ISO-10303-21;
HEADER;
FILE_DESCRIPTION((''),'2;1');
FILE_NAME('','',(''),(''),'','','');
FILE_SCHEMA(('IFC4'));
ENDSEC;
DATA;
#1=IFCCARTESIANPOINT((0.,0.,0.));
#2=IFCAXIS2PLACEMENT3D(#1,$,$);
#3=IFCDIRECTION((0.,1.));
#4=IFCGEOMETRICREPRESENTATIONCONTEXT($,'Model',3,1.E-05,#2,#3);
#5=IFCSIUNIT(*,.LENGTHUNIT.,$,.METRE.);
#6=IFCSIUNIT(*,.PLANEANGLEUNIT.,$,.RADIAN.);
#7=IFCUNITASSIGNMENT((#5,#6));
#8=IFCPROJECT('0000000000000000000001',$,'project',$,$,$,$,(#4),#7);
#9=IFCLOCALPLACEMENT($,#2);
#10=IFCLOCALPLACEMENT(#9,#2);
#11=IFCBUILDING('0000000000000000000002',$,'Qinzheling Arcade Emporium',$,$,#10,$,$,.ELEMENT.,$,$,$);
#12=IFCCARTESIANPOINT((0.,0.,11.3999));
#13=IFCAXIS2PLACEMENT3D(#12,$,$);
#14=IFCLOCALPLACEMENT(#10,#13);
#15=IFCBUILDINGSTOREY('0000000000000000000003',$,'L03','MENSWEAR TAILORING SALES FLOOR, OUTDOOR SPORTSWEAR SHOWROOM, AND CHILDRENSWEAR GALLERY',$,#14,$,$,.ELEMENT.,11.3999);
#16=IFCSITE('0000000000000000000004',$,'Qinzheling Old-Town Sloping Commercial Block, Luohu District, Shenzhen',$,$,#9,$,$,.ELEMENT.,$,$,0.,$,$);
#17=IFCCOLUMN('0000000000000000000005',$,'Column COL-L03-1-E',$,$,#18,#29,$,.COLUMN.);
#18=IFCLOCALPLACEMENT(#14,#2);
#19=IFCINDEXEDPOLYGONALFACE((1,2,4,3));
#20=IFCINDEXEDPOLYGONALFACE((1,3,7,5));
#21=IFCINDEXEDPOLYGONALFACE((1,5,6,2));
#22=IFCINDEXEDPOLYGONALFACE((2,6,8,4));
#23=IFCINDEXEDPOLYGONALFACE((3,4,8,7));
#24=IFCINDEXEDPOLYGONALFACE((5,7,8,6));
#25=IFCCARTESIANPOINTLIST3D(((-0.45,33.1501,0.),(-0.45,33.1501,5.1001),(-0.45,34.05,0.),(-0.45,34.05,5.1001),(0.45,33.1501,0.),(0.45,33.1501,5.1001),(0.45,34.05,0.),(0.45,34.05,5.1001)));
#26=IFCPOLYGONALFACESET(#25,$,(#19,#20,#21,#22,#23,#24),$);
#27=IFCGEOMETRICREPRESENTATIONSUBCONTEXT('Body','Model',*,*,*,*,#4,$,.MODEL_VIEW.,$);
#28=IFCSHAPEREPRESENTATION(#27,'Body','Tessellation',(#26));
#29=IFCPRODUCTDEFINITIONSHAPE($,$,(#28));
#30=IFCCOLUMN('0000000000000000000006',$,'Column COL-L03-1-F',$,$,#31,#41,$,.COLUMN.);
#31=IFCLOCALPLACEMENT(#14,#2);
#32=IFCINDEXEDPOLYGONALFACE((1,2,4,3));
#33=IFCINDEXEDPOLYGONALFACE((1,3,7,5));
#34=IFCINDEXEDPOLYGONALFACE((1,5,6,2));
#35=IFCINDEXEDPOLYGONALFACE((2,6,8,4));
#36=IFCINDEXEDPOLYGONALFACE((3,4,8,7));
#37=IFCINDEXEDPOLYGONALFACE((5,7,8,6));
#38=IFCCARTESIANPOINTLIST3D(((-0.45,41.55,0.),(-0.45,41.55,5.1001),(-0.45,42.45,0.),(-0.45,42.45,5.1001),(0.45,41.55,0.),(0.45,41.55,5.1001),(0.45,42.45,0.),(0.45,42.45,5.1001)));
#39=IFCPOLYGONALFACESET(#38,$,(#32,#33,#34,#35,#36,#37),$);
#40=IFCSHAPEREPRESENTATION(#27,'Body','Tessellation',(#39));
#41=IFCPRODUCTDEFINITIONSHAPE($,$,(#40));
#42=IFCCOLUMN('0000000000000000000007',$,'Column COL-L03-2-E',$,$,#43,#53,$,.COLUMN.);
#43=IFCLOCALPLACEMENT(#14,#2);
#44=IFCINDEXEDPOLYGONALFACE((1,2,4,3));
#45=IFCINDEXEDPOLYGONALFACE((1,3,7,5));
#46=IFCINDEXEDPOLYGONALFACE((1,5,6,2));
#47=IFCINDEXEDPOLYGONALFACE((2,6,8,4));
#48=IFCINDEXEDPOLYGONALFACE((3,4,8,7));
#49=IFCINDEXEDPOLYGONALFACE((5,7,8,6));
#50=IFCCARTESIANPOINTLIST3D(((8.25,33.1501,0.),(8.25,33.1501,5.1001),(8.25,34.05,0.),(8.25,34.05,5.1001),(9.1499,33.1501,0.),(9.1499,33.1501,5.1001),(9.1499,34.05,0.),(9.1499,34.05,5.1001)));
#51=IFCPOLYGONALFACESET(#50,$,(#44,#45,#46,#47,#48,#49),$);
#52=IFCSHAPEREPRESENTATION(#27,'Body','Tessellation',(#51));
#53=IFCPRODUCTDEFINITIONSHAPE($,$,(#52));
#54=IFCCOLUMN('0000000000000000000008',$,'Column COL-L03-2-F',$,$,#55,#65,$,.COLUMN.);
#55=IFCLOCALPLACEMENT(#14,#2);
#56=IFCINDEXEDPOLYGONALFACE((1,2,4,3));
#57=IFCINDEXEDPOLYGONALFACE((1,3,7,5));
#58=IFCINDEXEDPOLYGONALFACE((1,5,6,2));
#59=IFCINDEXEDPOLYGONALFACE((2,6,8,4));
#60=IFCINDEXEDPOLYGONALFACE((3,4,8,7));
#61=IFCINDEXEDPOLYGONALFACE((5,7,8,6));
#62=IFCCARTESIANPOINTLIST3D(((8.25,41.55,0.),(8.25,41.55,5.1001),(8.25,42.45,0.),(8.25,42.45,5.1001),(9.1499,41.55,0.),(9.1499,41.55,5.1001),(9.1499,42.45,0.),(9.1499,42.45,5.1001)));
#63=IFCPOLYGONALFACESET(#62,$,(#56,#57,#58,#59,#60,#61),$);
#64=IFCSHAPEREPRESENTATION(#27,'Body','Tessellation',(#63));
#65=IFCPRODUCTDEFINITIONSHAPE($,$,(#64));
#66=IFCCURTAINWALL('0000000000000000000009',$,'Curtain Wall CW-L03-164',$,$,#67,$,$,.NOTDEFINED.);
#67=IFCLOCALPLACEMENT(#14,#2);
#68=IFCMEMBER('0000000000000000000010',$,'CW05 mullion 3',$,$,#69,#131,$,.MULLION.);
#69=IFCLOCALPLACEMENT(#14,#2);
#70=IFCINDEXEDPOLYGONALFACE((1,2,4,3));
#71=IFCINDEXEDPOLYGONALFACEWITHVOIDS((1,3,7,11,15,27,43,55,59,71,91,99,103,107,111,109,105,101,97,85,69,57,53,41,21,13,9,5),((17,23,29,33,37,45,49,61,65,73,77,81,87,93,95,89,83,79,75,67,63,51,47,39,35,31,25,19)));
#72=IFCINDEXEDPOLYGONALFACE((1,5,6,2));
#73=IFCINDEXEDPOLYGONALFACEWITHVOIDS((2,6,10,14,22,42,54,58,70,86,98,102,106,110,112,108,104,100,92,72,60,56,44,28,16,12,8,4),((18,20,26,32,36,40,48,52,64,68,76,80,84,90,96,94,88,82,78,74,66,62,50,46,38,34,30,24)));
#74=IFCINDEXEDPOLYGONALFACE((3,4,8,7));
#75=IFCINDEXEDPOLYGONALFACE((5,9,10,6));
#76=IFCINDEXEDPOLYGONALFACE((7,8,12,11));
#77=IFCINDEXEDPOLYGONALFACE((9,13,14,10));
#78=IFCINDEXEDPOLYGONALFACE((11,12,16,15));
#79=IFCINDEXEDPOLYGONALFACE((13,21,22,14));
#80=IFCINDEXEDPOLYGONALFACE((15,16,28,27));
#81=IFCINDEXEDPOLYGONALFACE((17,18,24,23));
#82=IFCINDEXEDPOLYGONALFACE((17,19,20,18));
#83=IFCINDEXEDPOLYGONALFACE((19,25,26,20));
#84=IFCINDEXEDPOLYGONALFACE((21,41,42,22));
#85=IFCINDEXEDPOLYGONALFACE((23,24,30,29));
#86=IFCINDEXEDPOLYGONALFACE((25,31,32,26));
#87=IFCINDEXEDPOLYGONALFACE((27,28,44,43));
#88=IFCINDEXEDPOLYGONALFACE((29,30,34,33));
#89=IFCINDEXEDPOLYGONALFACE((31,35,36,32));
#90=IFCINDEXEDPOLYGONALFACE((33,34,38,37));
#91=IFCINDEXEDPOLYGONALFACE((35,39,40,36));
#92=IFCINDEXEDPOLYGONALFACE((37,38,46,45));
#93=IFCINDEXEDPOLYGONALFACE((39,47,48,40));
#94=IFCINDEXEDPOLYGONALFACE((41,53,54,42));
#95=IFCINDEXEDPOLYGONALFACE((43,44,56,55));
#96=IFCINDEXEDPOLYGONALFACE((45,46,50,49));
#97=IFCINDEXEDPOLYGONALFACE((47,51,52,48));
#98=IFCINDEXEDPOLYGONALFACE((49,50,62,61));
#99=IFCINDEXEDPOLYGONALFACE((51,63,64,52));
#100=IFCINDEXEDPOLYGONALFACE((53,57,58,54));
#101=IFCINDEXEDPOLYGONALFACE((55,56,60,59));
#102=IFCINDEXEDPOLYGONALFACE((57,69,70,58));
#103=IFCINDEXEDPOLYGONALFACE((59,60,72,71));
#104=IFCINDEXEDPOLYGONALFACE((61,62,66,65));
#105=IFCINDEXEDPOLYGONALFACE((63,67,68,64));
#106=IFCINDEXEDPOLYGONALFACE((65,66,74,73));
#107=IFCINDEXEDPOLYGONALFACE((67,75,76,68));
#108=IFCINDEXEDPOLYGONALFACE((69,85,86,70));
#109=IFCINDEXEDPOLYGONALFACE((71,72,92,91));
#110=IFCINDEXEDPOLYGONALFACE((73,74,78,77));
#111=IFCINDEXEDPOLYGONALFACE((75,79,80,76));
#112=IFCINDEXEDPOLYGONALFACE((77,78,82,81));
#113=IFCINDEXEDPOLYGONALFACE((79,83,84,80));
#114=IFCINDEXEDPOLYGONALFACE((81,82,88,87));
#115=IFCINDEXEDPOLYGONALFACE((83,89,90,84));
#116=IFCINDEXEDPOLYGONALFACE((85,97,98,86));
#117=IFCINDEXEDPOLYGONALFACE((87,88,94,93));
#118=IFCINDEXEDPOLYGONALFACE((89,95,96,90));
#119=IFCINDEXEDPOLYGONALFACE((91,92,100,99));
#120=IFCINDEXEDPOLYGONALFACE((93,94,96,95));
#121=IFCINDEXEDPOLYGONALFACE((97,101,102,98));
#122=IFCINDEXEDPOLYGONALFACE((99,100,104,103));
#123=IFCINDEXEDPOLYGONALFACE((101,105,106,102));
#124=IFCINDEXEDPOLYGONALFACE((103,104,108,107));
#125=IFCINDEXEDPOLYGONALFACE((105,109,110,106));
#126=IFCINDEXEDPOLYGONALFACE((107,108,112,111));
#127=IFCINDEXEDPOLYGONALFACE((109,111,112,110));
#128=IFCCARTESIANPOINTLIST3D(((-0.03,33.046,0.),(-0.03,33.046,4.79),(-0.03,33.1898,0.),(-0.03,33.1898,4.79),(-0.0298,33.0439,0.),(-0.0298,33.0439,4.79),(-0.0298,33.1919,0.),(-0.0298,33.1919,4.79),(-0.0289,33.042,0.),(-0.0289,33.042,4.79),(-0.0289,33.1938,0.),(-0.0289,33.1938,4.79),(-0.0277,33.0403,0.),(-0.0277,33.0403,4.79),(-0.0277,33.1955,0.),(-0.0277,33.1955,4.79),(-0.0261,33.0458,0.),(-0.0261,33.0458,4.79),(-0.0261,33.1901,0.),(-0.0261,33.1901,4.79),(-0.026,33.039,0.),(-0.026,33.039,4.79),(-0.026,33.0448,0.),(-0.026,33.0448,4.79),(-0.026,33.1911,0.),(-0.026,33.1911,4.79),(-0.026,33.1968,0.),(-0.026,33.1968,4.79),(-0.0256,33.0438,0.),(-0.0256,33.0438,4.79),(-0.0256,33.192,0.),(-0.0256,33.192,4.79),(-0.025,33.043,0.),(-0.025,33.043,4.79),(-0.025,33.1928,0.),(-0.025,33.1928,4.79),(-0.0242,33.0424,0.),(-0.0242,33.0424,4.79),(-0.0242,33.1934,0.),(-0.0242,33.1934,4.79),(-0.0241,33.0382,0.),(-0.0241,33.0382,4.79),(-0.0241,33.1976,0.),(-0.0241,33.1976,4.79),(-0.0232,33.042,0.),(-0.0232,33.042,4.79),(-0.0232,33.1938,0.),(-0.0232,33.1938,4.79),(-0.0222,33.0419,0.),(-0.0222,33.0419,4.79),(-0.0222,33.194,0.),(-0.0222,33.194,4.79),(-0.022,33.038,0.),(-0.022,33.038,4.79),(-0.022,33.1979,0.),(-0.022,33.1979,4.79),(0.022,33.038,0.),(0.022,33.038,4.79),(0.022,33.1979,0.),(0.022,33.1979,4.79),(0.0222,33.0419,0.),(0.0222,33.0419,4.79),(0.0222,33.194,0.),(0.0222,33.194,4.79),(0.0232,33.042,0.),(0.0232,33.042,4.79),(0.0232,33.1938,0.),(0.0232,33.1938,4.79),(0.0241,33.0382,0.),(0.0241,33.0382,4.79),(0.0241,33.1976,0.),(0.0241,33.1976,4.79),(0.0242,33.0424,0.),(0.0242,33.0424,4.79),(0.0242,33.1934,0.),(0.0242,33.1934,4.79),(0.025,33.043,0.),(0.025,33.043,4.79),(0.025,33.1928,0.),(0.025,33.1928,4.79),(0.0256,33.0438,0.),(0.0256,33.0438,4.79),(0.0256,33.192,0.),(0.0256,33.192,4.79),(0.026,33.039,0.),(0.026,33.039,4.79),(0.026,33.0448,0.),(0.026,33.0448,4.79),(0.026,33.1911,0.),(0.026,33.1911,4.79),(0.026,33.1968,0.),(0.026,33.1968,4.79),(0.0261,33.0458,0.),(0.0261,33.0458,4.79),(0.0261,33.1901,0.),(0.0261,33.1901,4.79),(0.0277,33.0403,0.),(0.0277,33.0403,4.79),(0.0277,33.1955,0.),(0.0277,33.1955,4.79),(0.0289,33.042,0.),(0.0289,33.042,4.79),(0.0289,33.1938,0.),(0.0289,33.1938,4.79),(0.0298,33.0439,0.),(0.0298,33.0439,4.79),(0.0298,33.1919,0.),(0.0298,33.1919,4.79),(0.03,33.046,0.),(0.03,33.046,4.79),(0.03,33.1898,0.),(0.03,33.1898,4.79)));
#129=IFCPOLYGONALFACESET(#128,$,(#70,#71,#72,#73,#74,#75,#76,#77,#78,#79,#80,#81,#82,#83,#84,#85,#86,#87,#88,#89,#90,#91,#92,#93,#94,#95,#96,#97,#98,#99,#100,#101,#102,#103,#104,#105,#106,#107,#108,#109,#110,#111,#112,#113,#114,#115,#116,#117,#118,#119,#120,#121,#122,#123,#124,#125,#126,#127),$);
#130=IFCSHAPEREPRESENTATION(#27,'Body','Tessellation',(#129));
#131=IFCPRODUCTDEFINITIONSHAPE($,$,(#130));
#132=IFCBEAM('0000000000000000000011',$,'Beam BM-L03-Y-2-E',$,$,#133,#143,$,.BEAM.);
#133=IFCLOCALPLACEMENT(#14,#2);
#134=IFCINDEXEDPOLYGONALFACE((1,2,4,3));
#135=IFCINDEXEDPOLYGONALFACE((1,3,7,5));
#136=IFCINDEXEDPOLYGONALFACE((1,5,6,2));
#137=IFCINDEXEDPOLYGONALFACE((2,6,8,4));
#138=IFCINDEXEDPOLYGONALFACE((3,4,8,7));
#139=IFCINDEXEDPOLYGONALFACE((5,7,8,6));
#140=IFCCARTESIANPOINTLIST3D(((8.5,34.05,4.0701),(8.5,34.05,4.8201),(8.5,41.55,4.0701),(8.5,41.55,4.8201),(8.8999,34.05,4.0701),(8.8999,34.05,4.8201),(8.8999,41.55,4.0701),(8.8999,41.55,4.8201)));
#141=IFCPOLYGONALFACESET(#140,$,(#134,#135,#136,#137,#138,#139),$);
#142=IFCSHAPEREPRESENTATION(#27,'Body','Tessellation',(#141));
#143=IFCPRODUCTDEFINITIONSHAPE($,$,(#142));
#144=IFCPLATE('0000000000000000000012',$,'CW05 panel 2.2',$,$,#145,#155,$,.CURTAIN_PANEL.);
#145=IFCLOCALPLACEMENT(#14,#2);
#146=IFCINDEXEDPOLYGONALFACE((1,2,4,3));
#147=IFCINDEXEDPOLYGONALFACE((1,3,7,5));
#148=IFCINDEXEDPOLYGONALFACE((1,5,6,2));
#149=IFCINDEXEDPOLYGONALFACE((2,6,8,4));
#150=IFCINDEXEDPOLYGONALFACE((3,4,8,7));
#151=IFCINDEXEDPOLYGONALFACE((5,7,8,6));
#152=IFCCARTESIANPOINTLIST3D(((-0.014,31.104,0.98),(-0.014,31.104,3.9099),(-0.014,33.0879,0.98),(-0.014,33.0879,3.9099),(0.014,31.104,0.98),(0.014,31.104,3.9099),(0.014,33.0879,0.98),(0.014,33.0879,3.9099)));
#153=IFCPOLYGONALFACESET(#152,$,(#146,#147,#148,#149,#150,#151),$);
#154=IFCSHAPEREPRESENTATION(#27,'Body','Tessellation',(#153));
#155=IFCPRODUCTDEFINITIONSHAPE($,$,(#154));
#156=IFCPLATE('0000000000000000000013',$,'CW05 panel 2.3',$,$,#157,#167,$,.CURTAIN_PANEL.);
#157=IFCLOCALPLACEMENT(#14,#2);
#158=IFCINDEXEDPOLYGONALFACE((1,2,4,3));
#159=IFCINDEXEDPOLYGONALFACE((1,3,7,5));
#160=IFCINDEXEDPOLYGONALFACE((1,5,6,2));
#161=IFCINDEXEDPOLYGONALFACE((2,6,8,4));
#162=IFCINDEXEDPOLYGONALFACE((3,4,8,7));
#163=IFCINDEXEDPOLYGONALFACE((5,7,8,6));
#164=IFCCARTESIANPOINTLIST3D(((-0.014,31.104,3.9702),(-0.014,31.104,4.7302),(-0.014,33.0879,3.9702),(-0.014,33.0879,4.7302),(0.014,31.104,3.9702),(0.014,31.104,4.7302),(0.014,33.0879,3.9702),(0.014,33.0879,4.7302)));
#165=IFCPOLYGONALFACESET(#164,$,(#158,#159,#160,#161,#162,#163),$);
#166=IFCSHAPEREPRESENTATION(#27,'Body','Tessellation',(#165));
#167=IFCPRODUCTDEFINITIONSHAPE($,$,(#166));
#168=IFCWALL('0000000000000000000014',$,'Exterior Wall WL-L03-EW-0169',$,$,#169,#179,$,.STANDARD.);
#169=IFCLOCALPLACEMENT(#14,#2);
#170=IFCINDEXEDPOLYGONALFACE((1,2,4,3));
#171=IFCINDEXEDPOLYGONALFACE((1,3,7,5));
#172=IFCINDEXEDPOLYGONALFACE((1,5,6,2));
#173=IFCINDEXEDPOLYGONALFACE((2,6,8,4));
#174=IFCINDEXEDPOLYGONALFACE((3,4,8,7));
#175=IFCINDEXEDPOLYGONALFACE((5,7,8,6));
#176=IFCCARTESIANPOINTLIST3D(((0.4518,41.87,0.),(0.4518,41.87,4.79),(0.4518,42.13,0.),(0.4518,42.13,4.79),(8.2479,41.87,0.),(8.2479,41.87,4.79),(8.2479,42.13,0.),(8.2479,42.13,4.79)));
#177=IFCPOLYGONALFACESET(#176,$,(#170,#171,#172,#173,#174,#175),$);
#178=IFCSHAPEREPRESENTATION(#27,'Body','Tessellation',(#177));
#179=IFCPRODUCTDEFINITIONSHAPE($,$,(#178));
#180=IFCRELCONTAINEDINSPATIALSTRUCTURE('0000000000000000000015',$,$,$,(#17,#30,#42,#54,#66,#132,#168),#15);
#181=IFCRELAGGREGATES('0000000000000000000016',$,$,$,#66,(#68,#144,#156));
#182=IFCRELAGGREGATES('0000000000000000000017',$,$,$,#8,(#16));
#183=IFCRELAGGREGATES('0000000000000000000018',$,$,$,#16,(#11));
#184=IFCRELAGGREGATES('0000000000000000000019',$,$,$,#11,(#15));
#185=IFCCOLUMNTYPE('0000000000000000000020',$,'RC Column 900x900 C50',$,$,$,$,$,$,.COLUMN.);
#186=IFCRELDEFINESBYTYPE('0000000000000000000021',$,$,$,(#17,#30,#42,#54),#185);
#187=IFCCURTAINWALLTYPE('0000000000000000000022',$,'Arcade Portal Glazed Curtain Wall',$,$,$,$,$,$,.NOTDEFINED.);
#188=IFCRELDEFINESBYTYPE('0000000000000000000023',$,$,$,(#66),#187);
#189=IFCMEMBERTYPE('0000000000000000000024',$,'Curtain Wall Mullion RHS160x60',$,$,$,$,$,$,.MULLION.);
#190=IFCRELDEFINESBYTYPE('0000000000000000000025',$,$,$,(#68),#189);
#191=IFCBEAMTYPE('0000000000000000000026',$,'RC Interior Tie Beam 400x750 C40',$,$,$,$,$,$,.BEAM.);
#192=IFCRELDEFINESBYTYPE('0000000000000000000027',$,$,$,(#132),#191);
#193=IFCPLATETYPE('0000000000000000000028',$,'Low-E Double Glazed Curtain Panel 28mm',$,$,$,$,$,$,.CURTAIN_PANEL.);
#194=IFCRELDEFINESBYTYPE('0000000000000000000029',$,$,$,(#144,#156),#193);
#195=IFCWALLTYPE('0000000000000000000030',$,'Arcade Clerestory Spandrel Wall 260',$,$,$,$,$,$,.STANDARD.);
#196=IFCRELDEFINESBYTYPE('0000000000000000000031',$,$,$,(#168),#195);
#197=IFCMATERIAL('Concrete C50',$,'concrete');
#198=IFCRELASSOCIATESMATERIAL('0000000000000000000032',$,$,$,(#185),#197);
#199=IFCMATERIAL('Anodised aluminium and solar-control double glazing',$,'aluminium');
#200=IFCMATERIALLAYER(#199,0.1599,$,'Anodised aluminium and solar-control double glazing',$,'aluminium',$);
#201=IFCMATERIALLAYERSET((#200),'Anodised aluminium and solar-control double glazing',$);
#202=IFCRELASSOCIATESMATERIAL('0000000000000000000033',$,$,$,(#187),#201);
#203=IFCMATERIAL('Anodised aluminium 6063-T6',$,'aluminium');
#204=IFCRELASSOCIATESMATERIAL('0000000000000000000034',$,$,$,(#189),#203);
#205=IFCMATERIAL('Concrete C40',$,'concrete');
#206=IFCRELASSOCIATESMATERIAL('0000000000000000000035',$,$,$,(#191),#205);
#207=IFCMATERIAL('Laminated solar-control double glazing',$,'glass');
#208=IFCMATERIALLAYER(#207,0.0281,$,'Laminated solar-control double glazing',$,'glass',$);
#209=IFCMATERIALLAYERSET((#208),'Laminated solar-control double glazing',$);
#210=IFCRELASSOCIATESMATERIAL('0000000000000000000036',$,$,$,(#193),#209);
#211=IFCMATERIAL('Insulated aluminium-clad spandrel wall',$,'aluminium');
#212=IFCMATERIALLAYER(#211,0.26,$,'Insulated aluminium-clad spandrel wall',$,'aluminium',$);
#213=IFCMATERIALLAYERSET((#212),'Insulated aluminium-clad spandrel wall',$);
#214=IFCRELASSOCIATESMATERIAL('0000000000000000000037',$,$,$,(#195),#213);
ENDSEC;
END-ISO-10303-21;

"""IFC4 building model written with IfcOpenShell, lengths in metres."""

from ifc_helpers import new_model, si_unit, direction, frame, frame_2d, origin, origin_2d, place, context, subcontext, project, spatial, rectangle, hollow_rectangle, extrude, material, layer, layer_set, material_profile, profile_set, type_object, element, aggregate, save


model = new_model("IFC4")

# Units and contexts
model_context = context("Model", 3, precision=1e-05, world=origin(), true_north=direction((0.0, 1.0)))
body_context = subcontext(model_context, "Body", "Model", "MODEL_VIEW")
ifc_project = project(units=[si_unit("LENGTHUNIT", "METRE"), si_unit("PLANEANGLEUNIT", "RADIAN")], contexts=[model_context])

# Site, building, storey
site_placement = place(None, origin())
site = spatial("IfcSite", under=ifc_project, at=site_placement, Name="Qinzheling Old-Town Sloping Commercial Block, Luohu District, Shenzhen", CompositionType="ELEMENT", RefElevation=0.0)
building_placement = place(site_placement, origin())
building = spatial("IfcBuilding", under=site, at=building_placement, Name="Qinzheling Arcade Emporium", CompositionType="ELEMENT")
storey_placement = place(building_placement, frame((0.0, 0.0, 11.3999)))
storey = spatial("IfcBuildingStorey", under=building, at=storey_placement, Name="L03", Description="MENSWEAR TAILORING SALES FLOOR, OUTDOOR SPORTSWEAR SHOWROOM, AND CHILDRENSWEAR GALLERY", CompositionType="ELEMENT", Elevation=11.3999)

# Columns
ifc_material_1 = material(Name="Concrete C50", Category="concrete")
ifc_material_profile_1 = material_profile(ifc_material_1, rectangle(XDim=0.8999, YDim=0.8999, at=origin_2d()), Name="RC 900x900", Category="concrete")
ifc_profile_set_1 = profile_set([ifc_material_profile_1], Name="Concrete C50")
column_type = type_object("IfcColumnType", Name="RC Column 900x900 C50", PredefinedType="COLUMN", material=ifc_profile_set_1)
for number, where, z_axis, x_axis, name in (
    (1, (0.0, 33.6001, 0.0), (0.0, 0.0, 1.0), (1.0, 0.0, 0.0), "Column COL-L03-1-E"),
    (2, (0.0, 42.0, 0.0), (0.0, 0.0, 1.0), (1.0, 0.0, 0.0), "Column COL-L03-1-F"),
    (3, (8.7, 33.6001, 0.0), (0.0, 0.0, 1.0), (1.0, 0.0, 0.0), "Column COL-L03-2-E"),
    (4, (8.7, 42.0, 0.0), (0.0, 0.0, 1.0), (1.0, 0.0, 0.0), "Column COL-L03-2-F"),
):
    element("IfcColumn", number, at=place(storey_placement, frame(where, z_axis=z_axis, x_axis=x_axis)), inside=storey, type_object=column_type, Name=name, PredefinedType="COLUMN", context=body_context, shape_type="SweptSolid", body=[
        extrude(rectangle(XDim=0.8999, YDim=0.8999, at=origin_2d()), origin(), (0.0, 0.0, 1.0), 5.1001),
    ])

# Curtain wall, member
ifc_material_2 = material(Name="Anodised aluminium and solar-control double glazing", Category="aluminium")
ifc_layer_1 = layer(ifc_material_2, 0.1599, Name="Anodised aluminium and solar-control double glazing", Category="aluminium")
ifc_layer_set_1 = layer_set([ifc_layer_1], Name="Anodised aluminium and solar-control double glazing")
curtain_wall_type = type_object("IfcCurtainWallType", Name="Arcade Portal Glazed Curtain Wall", PredefinedType="NOTDEFINED", material=ifc_layer_set_1)
curtain_wall_placement = place(storey_placement, origin())
curtain_wall = element("IfcCurtainWall", 5, at=curtain_wall_placement, inside=storey, type_object=curtain_wall_type, Name="Curtain Wall CW-L03-164", PredefinedType="NOTDEFINED")
ifc_material_3 = material(Name="Anodised aluminium 6063-T6", Category="aluminium")
ifc_material_profile_2 = material_profile(ifc_material_3, hollow_rectangle(XDim=0.0601, YDim=0.1599, WallThickness=0.0039, InnerFilletRadius=0.0039, OuterFilletRadius=0.0081, at=origin_2d()), Name="RHS 160x60x4", Category="aluminium")
ifc_profile_set_2 = profile_set([ifc_material_profile_2], Name="Anodised aluminium 6063-T6")
member_type = type_object("IfcMemberType", Name="Curtain Wall Mullion RHS160x60", PredefinedType="MULLION", material=ifc_profile_set_2)
member_placement = place(storey_placement, frame((0.0, 33.1179, 0.0), z_axis=(0.0, 0.0, 1.0), x_axis=(-1.0, 0.0, 0.0)))
member = element("IfcMember", 6, at=member_placement, type_object=member_type, Name="CW05 mullion 3", PredefinedType="MULLION", context=body_context, shape_type="SweptSolid", body=[
    extrude(hollow_rectangle(XDim=0.0601, YDim=0.1599, WallThickness=0.0039, InnerFilletRadius=0.0039, OuterFilletRadius=0.0081, at=origin_2d()), origin(), (0.0, 0.0, 1.0), 4.79),
])

# Beam
ifc_material_4 = material(Name="Concrete C40", Category="concrete")
ifc_material_profile_3 = material_profile(ifc_material_4, rectangle(XDim=0.3999, YDim=0.75, at=origin_2d()), Name="RC 400x750", Category="concrete")
ifc_profile_set_3 = profile_set([ifc_material_profile_3], Name="Concrete C40")
beam_type = type_object("IfcBeamType", Name="RC Interior Tie Beam 400x750 C40", PredefinedType="BEAM", material=ifc_profile_set_3)
beam_placement = place(storey_placement, frame((8.7, 34.05, 4.4451), z_axis=(0.0, 1.0, 0.0), x_axis=(-1.0, 0.0, 0.0)))
element("IfcBeam", 7, at=beam_placement, inside=storey, type_object=beam_type, Name="Beam BM-L03-Y-2-E", PredefinedType="BEAM", context=body_context, shape_type="SweptSolid", body=[
    extrude(rectangle(XDim=0.3999, YDim=0.75, at=origin_2d()), origin(), (0.0, 0.0, 1.0), 7.5),
])

# Plates
ifc_material_5 = material(Name="Laminated solar-control double glazing", Category="glass")
ifc_layer_2 = layer(ifc_material_5, 0.0281, Name="Laminated solar-control double glazing", Category="glass")
ifc_layer_set_2 = layer_set([ifc_layer_2], Name="Laminated solar-control double glazing")
plate_type = type_object("IfcPlateType", Name="Low-E Double Glazed Curtain Panel 28mm", PredefinedType="CURTAIN_PANEL", material=ifc_layer_set_2)
plate_1_placement = place(storey_placement, frame((0.0, 32.0959, 0.98), z_axis=(0.0, 0.0, 1.0), x_axis=(0.0, 1.0, 0.0)))
plate_1 = element("IfcPlate", 8, at=plate_1_placement, type_object=plate_type, Name="CW05 panel 2.2", PredefinedType="CURTAIN_PANEL", context=body_context, shape_type="SweptSolid", body=[
    extrude(rectangle(XDim=1.9839, YDim=0.0281, at=origin_2d()), origin(), (0.0, 0.0, 1.0), 2.9299),
])
plate_2_placement = place(storey_placement, frame((0.0, 32.0959, 3.9702), z_axis=(0.0, 0.0, 1.0), x_axis=(0.0, 1.0, 0.0)))
plate_2 = element("IfcPlate", 9, at=plate_2_placement, type_object=plate_type, Name="CW05 panel 2.3", PredefinedType="CURTAIN_PANEL", context=body_context, shape_type="SweptSolid", body=[
    extrude(rectangle(XDim=1.9839, YDim=0.0281, at=origin_2d()), origin(), (0.0, 0.0, 1.0), 0.76),
])
aggregate(curtain_wall, [member, plate_1, plate_2])

# Wall
ifc_material_6 = material(Name="Insulated aluminium-clad spandrel wall", Category="aluminium")
ifc_layer_3 = layer(ifc_material_6, 0.26, Name="Insulated aluminium-clad spandrel wall", Category="aluminium")
ifc_layer_set_3 = layer_set([ifc_layer_3], Name="Insulated aluminium-clad spandrel wall")
wall_type_1 = type_object("IfcWallType", Name="Arcade Clerestory Spandrel Wall 260", PredefinedType="STANDARD", material=ifc_layer_set_3)
wall_1_placement = place(storey_placement, frame((0.4519, 42.0, 0.0), z_axis=(0.0, 0.0, 1.0), x_axis=(1.0, 0.0, 0.0)))
element("IfcWall", 10, at=wall_1_placement, inside=storey, type_object=wall_type_1, Name="Exterior Wall WL-L03-EW-0169", PredefinedType="STANDARD", context=body_context, shape_type="SweptSolid", body=[
    extrude(rectangle(XDim=7.7961, YDim=0.26, at=frame_2d((3.8979, 0.0))), origin(), (0.0, 0.0, 1.0), 4.79),
])

save(model, "model.ifc")
